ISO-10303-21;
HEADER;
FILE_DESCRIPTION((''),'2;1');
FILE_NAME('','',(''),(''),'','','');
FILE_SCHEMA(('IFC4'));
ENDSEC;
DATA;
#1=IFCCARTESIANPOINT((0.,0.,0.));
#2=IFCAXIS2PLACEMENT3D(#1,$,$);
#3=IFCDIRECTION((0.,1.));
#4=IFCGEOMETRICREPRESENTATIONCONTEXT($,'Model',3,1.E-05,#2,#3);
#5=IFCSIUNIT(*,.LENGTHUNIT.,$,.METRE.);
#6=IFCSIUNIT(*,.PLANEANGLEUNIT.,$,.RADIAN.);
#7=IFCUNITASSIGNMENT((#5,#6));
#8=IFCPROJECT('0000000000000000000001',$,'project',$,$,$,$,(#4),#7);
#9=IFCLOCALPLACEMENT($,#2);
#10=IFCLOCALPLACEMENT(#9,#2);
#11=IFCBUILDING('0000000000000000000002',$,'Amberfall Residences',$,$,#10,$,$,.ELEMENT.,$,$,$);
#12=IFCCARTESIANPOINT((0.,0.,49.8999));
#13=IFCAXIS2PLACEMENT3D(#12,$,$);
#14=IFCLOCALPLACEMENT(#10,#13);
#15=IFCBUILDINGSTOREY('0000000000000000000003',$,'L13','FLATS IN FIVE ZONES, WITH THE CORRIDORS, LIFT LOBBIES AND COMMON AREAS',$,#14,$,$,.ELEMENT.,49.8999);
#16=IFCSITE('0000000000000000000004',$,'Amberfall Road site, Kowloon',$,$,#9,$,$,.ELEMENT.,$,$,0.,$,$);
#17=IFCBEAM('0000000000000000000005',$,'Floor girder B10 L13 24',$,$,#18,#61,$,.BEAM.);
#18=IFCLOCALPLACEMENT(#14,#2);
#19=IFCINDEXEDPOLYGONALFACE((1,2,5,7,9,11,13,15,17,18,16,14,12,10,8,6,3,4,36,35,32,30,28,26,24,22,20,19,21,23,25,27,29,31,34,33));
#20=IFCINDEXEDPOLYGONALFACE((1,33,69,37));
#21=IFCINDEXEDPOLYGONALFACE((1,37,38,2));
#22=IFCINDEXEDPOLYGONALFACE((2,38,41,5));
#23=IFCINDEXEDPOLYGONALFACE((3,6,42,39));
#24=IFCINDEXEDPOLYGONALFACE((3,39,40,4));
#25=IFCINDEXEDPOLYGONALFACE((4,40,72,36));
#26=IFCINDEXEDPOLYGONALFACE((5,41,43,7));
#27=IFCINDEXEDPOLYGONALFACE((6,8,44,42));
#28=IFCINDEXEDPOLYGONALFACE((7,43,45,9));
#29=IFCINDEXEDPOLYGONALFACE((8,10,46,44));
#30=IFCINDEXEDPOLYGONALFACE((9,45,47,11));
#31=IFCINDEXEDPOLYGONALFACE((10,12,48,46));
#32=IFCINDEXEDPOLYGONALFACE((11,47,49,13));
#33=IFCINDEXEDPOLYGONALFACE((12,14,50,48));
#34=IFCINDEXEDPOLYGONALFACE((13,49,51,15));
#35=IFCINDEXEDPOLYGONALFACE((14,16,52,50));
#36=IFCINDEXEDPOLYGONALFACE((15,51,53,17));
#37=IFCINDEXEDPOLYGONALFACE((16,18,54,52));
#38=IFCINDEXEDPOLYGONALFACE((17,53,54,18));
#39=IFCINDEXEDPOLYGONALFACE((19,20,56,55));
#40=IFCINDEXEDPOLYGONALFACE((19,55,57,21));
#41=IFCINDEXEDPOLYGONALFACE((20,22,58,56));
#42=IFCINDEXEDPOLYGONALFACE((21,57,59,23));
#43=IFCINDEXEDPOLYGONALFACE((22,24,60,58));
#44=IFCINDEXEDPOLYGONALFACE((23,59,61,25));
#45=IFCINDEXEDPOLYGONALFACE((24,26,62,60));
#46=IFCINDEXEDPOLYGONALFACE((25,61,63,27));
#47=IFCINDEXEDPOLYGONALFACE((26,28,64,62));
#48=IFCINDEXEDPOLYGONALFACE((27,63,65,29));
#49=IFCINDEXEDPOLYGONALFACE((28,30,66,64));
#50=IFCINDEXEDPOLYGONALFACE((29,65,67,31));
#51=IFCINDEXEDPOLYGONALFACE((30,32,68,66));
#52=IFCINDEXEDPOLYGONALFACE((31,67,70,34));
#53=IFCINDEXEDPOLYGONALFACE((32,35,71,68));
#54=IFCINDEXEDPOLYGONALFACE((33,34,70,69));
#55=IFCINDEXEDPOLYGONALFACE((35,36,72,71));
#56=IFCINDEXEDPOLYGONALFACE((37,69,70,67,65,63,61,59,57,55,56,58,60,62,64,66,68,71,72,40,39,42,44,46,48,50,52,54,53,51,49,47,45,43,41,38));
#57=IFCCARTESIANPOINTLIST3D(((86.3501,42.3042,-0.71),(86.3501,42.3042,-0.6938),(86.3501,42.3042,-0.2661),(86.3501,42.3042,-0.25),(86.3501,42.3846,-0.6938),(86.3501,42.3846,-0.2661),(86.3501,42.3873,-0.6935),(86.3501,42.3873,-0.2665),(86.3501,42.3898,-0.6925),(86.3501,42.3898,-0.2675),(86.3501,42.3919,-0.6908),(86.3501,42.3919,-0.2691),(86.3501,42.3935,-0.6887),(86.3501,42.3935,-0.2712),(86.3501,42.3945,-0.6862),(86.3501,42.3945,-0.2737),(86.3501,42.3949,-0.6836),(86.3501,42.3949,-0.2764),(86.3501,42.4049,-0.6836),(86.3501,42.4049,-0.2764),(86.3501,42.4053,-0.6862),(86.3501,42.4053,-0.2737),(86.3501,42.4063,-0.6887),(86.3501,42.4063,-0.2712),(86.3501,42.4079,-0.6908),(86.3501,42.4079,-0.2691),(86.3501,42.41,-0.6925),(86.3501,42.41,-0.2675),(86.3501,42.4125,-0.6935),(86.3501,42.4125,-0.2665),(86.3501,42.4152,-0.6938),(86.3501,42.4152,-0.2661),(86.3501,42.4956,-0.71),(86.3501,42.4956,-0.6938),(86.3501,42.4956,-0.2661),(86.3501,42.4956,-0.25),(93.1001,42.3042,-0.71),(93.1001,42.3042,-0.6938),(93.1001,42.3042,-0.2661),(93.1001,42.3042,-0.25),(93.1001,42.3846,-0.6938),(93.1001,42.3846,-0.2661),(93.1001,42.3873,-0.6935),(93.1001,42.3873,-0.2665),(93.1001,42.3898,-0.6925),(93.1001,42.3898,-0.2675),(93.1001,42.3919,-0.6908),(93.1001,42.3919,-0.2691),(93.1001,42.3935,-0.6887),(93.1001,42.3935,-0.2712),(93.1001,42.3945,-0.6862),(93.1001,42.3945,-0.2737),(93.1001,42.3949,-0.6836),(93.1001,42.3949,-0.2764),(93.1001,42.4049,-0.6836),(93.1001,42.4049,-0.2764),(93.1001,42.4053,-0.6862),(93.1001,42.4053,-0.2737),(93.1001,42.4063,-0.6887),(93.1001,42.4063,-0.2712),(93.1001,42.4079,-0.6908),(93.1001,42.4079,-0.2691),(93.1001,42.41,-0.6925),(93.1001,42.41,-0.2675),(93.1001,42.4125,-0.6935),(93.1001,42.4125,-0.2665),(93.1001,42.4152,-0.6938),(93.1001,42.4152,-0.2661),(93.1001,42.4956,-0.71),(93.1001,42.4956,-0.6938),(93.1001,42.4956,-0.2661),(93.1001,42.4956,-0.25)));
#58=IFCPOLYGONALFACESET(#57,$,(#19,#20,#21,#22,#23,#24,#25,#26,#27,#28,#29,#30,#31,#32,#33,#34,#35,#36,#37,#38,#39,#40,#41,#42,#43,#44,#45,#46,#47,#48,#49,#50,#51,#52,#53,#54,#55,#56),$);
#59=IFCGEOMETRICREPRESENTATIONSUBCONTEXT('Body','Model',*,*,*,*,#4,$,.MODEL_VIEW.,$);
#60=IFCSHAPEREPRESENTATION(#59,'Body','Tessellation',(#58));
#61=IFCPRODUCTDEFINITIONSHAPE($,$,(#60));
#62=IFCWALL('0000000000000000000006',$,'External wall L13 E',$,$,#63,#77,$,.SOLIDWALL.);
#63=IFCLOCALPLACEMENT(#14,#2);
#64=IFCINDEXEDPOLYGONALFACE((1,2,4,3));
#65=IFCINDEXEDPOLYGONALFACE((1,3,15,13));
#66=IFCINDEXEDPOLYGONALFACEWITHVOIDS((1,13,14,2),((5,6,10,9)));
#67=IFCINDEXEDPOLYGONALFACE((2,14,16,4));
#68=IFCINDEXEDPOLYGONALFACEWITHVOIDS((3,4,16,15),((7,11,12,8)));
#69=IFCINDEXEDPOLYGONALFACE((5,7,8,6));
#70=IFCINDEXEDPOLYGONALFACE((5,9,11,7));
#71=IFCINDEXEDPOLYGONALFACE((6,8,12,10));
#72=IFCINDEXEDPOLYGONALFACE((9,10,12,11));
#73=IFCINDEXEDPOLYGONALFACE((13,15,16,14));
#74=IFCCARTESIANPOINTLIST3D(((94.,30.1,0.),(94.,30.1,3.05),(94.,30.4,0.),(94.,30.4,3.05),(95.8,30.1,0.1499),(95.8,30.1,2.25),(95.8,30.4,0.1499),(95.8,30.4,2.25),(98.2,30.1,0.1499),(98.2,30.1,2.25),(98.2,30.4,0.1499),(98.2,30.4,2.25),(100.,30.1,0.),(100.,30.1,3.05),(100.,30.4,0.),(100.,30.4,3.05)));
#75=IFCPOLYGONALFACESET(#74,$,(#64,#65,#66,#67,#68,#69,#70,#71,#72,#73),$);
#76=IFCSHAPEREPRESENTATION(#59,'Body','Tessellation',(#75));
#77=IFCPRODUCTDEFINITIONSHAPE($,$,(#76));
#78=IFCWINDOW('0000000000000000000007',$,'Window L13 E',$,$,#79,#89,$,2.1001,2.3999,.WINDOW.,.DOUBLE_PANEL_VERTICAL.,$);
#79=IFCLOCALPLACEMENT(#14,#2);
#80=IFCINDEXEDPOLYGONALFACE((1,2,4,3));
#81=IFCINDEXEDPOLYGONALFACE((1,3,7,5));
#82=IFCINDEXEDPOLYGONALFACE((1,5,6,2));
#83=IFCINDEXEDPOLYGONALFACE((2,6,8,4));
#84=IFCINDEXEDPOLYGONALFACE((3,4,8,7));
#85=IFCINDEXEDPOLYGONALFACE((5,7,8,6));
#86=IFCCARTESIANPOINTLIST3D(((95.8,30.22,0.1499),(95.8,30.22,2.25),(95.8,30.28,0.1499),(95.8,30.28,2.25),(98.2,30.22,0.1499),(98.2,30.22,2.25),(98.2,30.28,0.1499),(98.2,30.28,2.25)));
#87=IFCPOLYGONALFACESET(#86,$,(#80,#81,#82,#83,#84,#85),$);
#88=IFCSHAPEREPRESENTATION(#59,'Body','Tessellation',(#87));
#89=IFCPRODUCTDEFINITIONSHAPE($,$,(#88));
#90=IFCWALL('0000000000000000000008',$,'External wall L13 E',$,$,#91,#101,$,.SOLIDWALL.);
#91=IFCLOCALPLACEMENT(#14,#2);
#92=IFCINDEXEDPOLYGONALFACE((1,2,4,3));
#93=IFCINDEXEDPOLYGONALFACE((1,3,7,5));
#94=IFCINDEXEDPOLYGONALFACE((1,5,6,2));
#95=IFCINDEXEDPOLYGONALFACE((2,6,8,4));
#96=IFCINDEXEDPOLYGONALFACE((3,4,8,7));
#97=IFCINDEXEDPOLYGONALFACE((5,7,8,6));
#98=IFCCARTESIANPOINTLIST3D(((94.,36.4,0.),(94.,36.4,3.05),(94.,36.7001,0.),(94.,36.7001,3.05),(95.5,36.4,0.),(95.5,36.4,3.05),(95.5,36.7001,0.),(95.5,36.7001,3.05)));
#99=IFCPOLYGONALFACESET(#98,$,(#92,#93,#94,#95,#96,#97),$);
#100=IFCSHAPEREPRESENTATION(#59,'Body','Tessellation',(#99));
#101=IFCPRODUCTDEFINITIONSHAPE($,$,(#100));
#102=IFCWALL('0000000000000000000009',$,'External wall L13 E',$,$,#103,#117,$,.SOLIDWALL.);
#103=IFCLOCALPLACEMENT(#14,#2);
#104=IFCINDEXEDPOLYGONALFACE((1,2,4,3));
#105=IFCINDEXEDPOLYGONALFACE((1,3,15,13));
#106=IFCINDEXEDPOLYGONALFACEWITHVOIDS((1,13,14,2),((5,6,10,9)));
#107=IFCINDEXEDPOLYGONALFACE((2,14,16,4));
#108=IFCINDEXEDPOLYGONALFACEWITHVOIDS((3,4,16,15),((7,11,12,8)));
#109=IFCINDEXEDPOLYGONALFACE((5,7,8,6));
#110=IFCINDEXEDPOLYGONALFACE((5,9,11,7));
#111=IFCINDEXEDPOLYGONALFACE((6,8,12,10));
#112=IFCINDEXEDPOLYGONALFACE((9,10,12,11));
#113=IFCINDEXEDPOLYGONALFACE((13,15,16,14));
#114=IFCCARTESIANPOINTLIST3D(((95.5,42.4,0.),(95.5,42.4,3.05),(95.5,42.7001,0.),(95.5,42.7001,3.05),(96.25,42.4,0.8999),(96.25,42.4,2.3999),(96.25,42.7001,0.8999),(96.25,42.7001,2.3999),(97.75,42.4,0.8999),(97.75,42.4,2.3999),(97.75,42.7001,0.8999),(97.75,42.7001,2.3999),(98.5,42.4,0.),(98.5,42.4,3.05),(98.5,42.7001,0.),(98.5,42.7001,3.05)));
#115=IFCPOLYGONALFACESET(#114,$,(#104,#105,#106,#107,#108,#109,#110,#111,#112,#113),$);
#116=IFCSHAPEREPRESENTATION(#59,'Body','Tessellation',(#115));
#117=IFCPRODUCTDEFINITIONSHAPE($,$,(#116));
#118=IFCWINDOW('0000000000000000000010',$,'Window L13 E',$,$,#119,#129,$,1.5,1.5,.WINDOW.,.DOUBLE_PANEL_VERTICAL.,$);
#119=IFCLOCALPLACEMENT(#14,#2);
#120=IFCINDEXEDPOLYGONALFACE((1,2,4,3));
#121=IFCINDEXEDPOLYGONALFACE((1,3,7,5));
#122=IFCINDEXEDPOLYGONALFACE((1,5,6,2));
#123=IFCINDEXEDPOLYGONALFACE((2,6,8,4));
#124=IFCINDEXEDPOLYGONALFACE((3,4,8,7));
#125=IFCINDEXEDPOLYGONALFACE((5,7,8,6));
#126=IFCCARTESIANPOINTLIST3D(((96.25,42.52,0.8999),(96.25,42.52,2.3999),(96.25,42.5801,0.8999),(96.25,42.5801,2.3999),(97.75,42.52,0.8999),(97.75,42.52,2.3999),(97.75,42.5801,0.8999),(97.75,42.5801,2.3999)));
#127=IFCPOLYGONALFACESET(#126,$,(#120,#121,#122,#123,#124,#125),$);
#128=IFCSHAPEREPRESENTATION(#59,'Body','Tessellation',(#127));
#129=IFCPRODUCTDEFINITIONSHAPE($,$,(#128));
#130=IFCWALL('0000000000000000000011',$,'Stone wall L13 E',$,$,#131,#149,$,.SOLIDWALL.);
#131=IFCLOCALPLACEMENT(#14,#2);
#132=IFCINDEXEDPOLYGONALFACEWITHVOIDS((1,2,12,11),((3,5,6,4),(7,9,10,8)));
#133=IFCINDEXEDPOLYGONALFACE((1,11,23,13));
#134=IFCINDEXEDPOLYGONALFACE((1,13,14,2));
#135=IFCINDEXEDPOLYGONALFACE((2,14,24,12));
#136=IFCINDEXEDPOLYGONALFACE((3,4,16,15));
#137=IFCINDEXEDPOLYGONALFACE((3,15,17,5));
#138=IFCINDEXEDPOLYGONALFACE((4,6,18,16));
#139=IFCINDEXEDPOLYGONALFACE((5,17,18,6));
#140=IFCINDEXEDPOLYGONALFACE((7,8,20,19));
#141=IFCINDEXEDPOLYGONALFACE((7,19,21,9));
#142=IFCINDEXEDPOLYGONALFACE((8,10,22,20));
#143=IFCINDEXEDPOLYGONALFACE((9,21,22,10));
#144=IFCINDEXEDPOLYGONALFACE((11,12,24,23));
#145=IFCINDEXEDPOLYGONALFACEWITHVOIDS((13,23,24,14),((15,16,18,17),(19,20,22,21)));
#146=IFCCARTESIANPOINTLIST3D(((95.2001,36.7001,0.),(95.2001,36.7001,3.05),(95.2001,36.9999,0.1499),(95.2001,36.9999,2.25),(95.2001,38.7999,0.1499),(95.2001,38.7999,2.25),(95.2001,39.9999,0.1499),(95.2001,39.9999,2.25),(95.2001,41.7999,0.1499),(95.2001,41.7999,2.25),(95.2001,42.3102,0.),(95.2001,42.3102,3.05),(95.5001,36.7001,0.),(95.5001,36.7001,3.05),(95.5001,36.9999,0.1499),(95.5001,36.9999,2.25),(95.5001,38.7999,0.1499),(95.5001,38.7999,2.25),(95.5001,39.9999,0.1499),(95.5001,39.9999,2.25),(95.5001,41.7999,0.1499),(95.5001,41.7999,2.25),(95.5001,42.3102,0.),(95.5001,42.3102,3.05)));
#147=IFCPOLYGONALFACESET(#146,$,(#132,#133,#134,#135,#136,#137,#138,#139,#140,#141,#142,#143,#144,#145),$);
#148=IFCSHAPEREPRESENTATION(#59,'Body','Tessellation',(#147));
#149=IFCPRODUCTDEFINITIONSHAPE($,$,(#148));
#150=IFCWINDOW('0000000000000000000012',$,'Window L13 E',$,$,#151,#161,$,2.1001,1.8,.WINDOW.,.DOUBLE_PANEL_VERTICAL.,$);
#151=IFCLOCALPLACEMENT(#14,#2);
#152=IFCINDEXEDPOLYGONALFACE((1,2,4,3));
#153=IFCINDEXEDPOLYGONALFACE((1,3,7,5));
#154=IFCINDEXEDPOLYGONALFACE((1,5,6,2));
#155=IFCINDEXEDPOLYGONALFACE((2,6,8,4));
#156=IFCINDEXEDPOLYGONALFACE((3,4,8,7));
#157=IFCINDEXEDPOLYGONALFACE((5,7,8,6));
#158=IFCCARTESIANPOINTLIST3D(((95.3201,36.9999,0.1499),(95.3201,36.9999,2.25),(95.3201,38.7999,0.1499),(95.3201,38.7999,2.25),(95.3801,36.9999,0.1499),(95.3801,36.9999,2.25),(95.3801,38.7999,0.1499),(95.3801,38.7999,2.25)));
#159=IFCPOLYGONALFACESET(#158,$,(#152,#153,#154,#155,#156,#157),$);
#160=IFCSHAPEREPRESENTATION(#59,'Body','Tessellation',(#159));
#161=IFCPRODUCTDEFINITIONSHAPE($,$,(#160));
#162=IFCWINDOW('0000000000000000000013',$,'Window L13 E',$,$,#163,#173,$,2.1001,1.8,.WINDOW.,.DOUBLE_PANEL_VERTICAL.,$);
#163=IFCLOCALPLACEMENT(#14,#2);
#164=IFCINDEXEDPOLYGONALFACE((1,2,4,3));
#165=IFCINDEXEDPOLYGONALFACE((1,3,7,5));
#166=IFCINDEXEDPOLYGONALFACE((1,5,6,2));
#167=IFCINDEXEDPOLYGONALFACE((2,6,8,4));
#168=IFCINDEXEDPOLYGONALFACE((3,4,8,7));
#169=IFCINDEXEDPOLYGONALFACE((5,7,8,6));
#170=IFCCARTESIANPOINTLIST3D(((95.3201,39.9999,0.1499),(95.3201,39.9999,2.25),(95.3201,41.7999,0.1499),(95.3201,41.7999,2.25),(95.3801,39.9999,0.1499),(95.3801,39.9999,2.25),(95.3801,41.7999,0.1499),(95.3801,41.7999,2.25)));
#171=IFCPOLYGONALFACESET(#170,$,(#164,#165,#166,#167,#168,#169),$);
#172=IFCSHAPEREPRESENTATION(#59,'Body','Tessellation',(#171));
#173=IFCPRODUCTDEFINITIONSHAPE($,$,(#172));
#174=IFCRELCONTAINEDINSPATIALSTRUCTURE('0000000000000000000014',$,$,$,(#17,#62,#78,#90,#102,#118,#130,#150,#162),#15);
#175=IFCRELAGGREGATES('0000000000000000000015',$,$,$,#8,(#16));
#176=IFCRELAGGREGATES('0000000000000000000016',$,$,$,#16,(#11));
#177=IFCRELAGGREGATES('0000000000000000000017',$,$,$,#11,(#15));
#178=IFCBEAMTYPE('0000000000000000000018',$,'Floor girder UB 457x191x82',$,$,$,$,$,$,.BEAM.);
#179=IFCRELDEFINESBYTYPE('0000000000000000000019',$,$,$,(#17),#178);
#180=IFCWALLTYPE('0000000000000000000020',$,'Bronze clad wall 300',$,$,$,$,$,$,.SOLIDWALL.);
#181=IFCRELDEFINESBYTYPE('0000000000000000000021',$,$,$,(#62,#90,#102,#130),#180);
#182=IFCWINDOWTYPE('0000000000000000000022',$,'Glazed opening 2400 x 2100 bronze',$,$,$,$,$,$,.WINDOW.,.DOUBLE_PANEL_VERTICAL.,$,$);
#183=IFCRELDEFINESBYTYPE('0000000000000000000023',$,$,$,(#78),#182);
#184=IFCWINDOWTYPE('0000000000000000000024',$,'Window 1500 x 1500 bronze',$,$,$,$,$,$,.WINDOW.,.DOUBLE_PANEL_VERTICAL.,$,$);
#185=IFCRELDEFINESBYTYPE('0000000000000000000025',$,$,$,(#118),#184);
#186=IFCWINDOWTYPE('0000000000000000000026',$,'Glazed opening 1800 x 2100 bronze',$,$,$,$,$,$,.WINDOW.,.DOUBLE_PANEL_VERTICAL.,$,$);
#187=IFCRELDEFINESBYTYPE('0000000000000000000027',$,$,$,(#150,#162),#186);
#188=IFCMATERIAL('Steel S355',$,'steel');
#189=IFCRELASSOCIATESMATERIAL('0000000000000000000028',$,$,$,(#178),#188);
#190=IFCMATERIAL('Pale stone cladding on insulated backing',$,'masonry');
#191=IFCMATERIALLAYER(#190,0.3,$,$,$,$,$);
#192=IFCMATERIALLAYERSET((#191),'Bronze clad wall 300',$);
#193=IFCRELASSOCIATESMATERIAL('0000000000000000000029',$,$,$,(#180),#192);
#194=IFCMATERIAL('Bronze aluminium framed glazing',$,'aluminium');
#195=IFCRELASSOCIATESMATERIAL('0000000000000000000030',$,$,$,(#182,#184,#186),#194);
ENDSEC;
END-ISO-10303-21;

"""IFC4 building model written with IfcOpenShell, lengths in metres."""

from ifc_helpers import new_model, si_unit, direction, frame, frame_2d, origin, origin_2d, place, context, subcontext, project, spatial, rectangle, i_section, extrude, material, layer, layer_set, material_profile, profile_set, type_object, element, fill, save


model = new_model("IFC4")

# Units and contexts
model_context = context("Model", 3, precision=1e-05, world=origin(), true_north=direction((0.0, 1.0)))
body_context = subcontext(model_context, "Body", "Model", "MODEL_VIEW")
ifc_project = project(units=[si_unit("LENGTHUNIT", "METRE"), si_unit("PLANEANGLEUNIT", "RADIAN")], contexts=[model_context])

# Site, building, storey
site_placement = place(None, origin())
site = spatial("IfcSite", under=ifc_project, at=site_placement, Name="Amberfall Road site, Kowloon", CompositionType="ELEMENT", RefElevation=0.0)
building_placement = place(site_placement, origin())
building = spatial("IfcBuilding", under=site, at=building_placement, Name="Amberfall Residences", CompositionType="ELEMENT")
storey_placement = place(building_placement, frame((0.0, 0.0, 49.8999)))
storey = spatial("IfcBuildingStorey", under=building, at=storey_placement, Name="L13", Description="FLATS IN FIVE ZONES, WITH THE CORRIDORS, LIFT LOBBIES AND COMMON AREAS", CompositionType="ELEMENT", Elevation=49.8999)

# Beam
ifc_material_1 = material(Name="Steel S355", Category="steel")
ifc_material_profile_1 = material_profile(ifc_material_1, i_section(OverallWidth=0.1914, OverallDepth=0.46, WebThickness=0.01, FlangeThickness=0.0161, FilletRadius=0.0103, at=origin_2d()), Name="UB 457x191x82")
ifc_profile_set_1 = profile_set([ifc_material_profile_1], Name="Steel S355")
beam_type_1 = type_object("IfcBeamType", Name="Floor girder UB 457x191x82", PredefinedType="BEAM", material=ifc_profile_set_1)
beam_1_placement = place(storey_placement, frame((93.1001, 42.3999, -0.48), z_axis=(-1.0, 0.0, 0.0), x_axis=(0.0, -1.0, 0.0)))
element("IfcBeam", 1, at=beam_1_placement, inside=storey, type_object=beam_type_1, Name="Floor girder B10 L13 24", PredefinedType="BEAM", context=body_context, shape_type="SweptSolid", body=[
    extrude(i_section(OverallWidth=0.1914, OverallDepth=0.46, WebThickness=0.01, FlangeThickness=0.0161, FilletRadius=0.0103, at=origin_2d()), origin(), (0.0, 0.0, 1.0), 6.75),
])

# Wall, opening, window
ifc_material_2 = material(Name="Pale stone cladding on insulated backing", Category="masonry")
ifc_layer_1 = layer(ifc_material_2, 0.3)
ifc_layer_set_1 = layer_set([ifc_layer_1], Name="Bronze clad wall 300")
wall_type_1 = type_object("IfcWallType", Name="Bronze clad wall 300", PredefinedType="SOLIDWALL", material=ifc_layer_set_1)
wall_1_placement = place(storey_placement, frame((100.0, 30.25, 0.0), z_axis=(0.0, 0.0, 1.0), x_axis=(-1.0, 0.0, 0.0)))
wall_1 = element("IfcWall", 2, at=wall_1_placement, inside=storey, type_object=wall_type_1, Name="External wall L13 E", PredefinedType="SOLIDWALL", context=body_context, shape_type="SweptSolid", body=[
    extrude(rectangle(XDim=6.0, YDim=0.3, at=frame_2d((3.0, 0.0))), origin(), (0.0, 0.0, 1.0), 3.05),
])
opening_1_placement = place(wall_1_placement, frame((1.8, 0.0, 0.1499)))
opening_1 = element("IfcOpeningElement", 3, at=opening_1_placement, cuts=wall_1, PredefinedType="OPENING", context=body_context, shape_type="SweptSolid", body=[
    extrude(rectangle(XDim=2.3999, YDim=2.1001, at=frame_2d((1.2, 1.05))), frame((0.0, 0.1599, 0.0), z_axis=(0.0, -1.0, 0.0), x_axis=(1.0, 0.0, 0.0)), (0.0, 0.0, 1.0), 0.3201),
])
ifc_material_3 = material(Name="Bronze aluminium framed glazing", Category="aluminium")
window_type_1 = type_object("IfcWindowType", Name="Glazed opening 2400 x 2100 bronze", PartitioningType="DOUBLE_PANEL_VERTICAL", PredefinedType="WINDOW", material=ifc_material_3)
window_1_placement = place(opening_1_placement, origin())
window_1 = element("IfcWindow", 4, at=window_1_placement, inside=storey, type_object=window_type_1, Name="Window L13 E", OverallHeight=2.1001, OverallWidth=2.3999, PartitioningType="DOUBLE_PANEL_VERTICAL", PredefinedType="WINDOW", context=body_context, shape_type="SweptSolid", body=[
    extrude(rectangle(XDim=2.3999, YDim=2.1001, at=frame_2d((1.2, 1.05))), frame((0.0, 0.03, 0.0), z_axis=(0.0, -1.0, 0.0), x_axis=(1.0, 0.0, 0.0)), (0.0, 0.0, 1.0), 0.0601),
])
fill(opening_1, window_1)

# Wall
wall_2_placement = place(storey_placement, frame((94.0, 36.55, 0.0), z_axis=(0.0, 0.0, 1.0), x_axis=(1.0, 0.0, 0.0)))
element("IfcWall", 5, at=wall_2_placement, inside=storey, type_object=wall_type_1, Name="External wall L13 E", PredefinedType="SOLIDWALL", context=body_context, shape_type="SweptSolid", body=[
    extrude(rectangle(XDim=1.5, YDim=0.3, at=frame_2d((0.75, 0.0))), origin(), (0.0, 0.0, 1.0), 3.05),
])

# Wall, opening, window
wall_3_placement = place(storey_placement, frame((95.5, 42.55, 0.0), z_axis=(0.0, 0.0, 1.0), x_axis=(1.0, 0.0, 0.0)))
wall_3 = element("IfcWall", 6, at=wall_3_placement, inside=storey, type_object=wall_type_1, Name="External wall L13 E", PredefinedType="SOLIDWALL", context=body_context, shape_type="SweptSolid", body=[
    extrude(rectangle(XDim=3.0, YDim=0.3, at=frame_2d((1.5, 0.0))), origin(), (0.0, 0.0, 1.0), 3.05),
])
opening_2_placement = place(wall_3_placement, frame((0.75, 0.0, 0.8999)))
opening_2 = element("IfcOpeningElement", 7, at=opening_2_placement, cuts=wall_3, PredefinedType="OPENING", context=body_context, shape_type="SweptSolid", body=[
    extrude(rectangle(XDim=1.5, YDim=1.5, at=frame_2d((0.75, 0.75))), frame((0.0, 0.1599, 0.0), z_axis=(0.0, -1.0, 0.0), x_axis=(1.0, 0.0, 0.0)), (0.0, 0.0, 1.0), 0.3201),
])
window_type_2 = type_object("IfcWindowType", Name="Window 1500 x 1500 bronze", PartitioningType="DOUBLE_PANEL_VERTICAL", PredefinedType="WINDOW", material=ifc_material_3)
window_2_placement = place(opening_2_placement, origin())
window_2 = element("IfcWindow", 8, at=window_2_placement, inside=storey, type_object=window_type_2, Name="Window L13 E", OverallHeight=1.5, OverallWidth=1.5, PartitioningType="DOUBLE_PANEL_VERTICAL", PredefinedType="WINDOW", context=body_context, shape_type="SweptSolid", body=[
    extrude(rectangle(XDim=1.5, YDim=1.5, at=frame_2d((0.75, 0.75))), frame((0.0, 0.03, 0.0), z_axis=(0.0, -1.0, 0.0), x_axis=(1.0, 0.0, 0.0)), (0.0, 0.0, 1.0), 0.0601),
])
fill(opening_2, window_2)

# Wall, openings, windows
wall_4_placement = place(storey_placement, frame((95.3501, 36.7, 0.0), z_axis=(0.0, 0.0, 1.0), x_axis=(0.0, 1.0, 0.0)))
wall_4 = element("IfcWall", 9, at=wall_4_placement, inside=storey, type_object=wall_type_1, Name="Stone wall L13 E", PredefinedType="SOLIDWALL", context=body_context, shape_type="SweptSolid", body=[
    extrude(rectangle(XDim=5.6101, YDim=0.3, at=frame_2d((2.8052, 0.0))), origin(), (0.0, 0.0, 1.0), 3.05),
])
opening_3_placement = place(wall_4_placement, frame((0.3, 0.0, 0.1499)))
opening_3 = element("IfcOpeningElement", 10, at=opening_3_placement, cuts=wall_4, PredefinedType="OPENING", context=body_context, shape_type="SweptSolid", body=[
    extrude(rectangle(XDim=1.8, YDim=2.1001, at=frame_2d((0.8999, 1.05))), frame((0.0, 0.1599, 0.0), z_axis=(0.0, -1.0, 0.0), x_axis=(1.0, 0.0, 0.0)), (0.0, 0.0, 1.0), 0.3201),
])
opening_4_placement = place(wall_4_placement, frame((3.3, 0.0, 0.1499)))
opening_4 = element("IfcOpeningElement", 11, at=opening_4_placement, cuts=wall_4, PredefinedType="OPENING", context=body_context, shape_type="SweptSolid", body=[
    extrude(rectangle(XDim=1.8, YDim=2.1001, at=frame_2d((0.8999, 1.05))), frame((0.0, 0.1599, 0.0), z_axis=(0.0, -1.0, 0.0), x_axis=(1.0, 0.0, 0.0)), (0.0, 0.0, 1.0), 0.3201),
])
window_type_3 = type_object("IfcWindowType", Name="Glazed opening 1800 x 2100 bronze", PartitioningType="DOUBLE_PANEL_VERTICAL", PredefinedType="WINDOW", material=ifc_material_3)
window_3_placement = place(opening_3_placement, origin())
window_3 = element("IfcWindow", 12, at=window_3_placement, inside=storey, type_object=window_type_3, Name="Window L13 E", OverallHeight=2.1001, OverallWidth=1.8, PartitioningType="DOUBLE_PANEL_VERTICAL", PredefinedType="WINDOW", context=body_context, shape_type="SweptSolid", body=[
    extrude(rectangle(XDim=1.8, YDim=2.1001, at=frame_2d((0.8999, 1.05))), frame((0.0, 0.03, 0.0), z_axis=(0.0, -1.0, 0.0), x_axis=(1.0, 0.0, 0.0)), (0.0, 0.0, 1.0), 0.0601),
])
fill(opening_3, window_3)
window_4_placement = place(opening_4_placement, origin())
window_4 = element("IfcWindow", 13, at=window_4_placement, inside=storey, type_object=window_type_3, Name="Window L13 E", OverallHeight=2.1001, OverallWidth=1.8, PartitioningType="DOUBLE_PANEL_VERTICAL", PredefinedType="WINDOW", context=body_context, shape_type="SweptSolid", body=[
    extrude(rectangle(XDim=1.8, YDim=2.1001, at=frame_2d((0.8999, 1.05))), frame((0.0, 0.03, 0.0), z_axis=(0.0, -1.0, 0.0), x_axis=(1.0, 0.0, 0.0)), (0.0, 0.0, 1.0), 0.0601),
])
fill(opening_4, window_4)

save(model, "model.ifc")
